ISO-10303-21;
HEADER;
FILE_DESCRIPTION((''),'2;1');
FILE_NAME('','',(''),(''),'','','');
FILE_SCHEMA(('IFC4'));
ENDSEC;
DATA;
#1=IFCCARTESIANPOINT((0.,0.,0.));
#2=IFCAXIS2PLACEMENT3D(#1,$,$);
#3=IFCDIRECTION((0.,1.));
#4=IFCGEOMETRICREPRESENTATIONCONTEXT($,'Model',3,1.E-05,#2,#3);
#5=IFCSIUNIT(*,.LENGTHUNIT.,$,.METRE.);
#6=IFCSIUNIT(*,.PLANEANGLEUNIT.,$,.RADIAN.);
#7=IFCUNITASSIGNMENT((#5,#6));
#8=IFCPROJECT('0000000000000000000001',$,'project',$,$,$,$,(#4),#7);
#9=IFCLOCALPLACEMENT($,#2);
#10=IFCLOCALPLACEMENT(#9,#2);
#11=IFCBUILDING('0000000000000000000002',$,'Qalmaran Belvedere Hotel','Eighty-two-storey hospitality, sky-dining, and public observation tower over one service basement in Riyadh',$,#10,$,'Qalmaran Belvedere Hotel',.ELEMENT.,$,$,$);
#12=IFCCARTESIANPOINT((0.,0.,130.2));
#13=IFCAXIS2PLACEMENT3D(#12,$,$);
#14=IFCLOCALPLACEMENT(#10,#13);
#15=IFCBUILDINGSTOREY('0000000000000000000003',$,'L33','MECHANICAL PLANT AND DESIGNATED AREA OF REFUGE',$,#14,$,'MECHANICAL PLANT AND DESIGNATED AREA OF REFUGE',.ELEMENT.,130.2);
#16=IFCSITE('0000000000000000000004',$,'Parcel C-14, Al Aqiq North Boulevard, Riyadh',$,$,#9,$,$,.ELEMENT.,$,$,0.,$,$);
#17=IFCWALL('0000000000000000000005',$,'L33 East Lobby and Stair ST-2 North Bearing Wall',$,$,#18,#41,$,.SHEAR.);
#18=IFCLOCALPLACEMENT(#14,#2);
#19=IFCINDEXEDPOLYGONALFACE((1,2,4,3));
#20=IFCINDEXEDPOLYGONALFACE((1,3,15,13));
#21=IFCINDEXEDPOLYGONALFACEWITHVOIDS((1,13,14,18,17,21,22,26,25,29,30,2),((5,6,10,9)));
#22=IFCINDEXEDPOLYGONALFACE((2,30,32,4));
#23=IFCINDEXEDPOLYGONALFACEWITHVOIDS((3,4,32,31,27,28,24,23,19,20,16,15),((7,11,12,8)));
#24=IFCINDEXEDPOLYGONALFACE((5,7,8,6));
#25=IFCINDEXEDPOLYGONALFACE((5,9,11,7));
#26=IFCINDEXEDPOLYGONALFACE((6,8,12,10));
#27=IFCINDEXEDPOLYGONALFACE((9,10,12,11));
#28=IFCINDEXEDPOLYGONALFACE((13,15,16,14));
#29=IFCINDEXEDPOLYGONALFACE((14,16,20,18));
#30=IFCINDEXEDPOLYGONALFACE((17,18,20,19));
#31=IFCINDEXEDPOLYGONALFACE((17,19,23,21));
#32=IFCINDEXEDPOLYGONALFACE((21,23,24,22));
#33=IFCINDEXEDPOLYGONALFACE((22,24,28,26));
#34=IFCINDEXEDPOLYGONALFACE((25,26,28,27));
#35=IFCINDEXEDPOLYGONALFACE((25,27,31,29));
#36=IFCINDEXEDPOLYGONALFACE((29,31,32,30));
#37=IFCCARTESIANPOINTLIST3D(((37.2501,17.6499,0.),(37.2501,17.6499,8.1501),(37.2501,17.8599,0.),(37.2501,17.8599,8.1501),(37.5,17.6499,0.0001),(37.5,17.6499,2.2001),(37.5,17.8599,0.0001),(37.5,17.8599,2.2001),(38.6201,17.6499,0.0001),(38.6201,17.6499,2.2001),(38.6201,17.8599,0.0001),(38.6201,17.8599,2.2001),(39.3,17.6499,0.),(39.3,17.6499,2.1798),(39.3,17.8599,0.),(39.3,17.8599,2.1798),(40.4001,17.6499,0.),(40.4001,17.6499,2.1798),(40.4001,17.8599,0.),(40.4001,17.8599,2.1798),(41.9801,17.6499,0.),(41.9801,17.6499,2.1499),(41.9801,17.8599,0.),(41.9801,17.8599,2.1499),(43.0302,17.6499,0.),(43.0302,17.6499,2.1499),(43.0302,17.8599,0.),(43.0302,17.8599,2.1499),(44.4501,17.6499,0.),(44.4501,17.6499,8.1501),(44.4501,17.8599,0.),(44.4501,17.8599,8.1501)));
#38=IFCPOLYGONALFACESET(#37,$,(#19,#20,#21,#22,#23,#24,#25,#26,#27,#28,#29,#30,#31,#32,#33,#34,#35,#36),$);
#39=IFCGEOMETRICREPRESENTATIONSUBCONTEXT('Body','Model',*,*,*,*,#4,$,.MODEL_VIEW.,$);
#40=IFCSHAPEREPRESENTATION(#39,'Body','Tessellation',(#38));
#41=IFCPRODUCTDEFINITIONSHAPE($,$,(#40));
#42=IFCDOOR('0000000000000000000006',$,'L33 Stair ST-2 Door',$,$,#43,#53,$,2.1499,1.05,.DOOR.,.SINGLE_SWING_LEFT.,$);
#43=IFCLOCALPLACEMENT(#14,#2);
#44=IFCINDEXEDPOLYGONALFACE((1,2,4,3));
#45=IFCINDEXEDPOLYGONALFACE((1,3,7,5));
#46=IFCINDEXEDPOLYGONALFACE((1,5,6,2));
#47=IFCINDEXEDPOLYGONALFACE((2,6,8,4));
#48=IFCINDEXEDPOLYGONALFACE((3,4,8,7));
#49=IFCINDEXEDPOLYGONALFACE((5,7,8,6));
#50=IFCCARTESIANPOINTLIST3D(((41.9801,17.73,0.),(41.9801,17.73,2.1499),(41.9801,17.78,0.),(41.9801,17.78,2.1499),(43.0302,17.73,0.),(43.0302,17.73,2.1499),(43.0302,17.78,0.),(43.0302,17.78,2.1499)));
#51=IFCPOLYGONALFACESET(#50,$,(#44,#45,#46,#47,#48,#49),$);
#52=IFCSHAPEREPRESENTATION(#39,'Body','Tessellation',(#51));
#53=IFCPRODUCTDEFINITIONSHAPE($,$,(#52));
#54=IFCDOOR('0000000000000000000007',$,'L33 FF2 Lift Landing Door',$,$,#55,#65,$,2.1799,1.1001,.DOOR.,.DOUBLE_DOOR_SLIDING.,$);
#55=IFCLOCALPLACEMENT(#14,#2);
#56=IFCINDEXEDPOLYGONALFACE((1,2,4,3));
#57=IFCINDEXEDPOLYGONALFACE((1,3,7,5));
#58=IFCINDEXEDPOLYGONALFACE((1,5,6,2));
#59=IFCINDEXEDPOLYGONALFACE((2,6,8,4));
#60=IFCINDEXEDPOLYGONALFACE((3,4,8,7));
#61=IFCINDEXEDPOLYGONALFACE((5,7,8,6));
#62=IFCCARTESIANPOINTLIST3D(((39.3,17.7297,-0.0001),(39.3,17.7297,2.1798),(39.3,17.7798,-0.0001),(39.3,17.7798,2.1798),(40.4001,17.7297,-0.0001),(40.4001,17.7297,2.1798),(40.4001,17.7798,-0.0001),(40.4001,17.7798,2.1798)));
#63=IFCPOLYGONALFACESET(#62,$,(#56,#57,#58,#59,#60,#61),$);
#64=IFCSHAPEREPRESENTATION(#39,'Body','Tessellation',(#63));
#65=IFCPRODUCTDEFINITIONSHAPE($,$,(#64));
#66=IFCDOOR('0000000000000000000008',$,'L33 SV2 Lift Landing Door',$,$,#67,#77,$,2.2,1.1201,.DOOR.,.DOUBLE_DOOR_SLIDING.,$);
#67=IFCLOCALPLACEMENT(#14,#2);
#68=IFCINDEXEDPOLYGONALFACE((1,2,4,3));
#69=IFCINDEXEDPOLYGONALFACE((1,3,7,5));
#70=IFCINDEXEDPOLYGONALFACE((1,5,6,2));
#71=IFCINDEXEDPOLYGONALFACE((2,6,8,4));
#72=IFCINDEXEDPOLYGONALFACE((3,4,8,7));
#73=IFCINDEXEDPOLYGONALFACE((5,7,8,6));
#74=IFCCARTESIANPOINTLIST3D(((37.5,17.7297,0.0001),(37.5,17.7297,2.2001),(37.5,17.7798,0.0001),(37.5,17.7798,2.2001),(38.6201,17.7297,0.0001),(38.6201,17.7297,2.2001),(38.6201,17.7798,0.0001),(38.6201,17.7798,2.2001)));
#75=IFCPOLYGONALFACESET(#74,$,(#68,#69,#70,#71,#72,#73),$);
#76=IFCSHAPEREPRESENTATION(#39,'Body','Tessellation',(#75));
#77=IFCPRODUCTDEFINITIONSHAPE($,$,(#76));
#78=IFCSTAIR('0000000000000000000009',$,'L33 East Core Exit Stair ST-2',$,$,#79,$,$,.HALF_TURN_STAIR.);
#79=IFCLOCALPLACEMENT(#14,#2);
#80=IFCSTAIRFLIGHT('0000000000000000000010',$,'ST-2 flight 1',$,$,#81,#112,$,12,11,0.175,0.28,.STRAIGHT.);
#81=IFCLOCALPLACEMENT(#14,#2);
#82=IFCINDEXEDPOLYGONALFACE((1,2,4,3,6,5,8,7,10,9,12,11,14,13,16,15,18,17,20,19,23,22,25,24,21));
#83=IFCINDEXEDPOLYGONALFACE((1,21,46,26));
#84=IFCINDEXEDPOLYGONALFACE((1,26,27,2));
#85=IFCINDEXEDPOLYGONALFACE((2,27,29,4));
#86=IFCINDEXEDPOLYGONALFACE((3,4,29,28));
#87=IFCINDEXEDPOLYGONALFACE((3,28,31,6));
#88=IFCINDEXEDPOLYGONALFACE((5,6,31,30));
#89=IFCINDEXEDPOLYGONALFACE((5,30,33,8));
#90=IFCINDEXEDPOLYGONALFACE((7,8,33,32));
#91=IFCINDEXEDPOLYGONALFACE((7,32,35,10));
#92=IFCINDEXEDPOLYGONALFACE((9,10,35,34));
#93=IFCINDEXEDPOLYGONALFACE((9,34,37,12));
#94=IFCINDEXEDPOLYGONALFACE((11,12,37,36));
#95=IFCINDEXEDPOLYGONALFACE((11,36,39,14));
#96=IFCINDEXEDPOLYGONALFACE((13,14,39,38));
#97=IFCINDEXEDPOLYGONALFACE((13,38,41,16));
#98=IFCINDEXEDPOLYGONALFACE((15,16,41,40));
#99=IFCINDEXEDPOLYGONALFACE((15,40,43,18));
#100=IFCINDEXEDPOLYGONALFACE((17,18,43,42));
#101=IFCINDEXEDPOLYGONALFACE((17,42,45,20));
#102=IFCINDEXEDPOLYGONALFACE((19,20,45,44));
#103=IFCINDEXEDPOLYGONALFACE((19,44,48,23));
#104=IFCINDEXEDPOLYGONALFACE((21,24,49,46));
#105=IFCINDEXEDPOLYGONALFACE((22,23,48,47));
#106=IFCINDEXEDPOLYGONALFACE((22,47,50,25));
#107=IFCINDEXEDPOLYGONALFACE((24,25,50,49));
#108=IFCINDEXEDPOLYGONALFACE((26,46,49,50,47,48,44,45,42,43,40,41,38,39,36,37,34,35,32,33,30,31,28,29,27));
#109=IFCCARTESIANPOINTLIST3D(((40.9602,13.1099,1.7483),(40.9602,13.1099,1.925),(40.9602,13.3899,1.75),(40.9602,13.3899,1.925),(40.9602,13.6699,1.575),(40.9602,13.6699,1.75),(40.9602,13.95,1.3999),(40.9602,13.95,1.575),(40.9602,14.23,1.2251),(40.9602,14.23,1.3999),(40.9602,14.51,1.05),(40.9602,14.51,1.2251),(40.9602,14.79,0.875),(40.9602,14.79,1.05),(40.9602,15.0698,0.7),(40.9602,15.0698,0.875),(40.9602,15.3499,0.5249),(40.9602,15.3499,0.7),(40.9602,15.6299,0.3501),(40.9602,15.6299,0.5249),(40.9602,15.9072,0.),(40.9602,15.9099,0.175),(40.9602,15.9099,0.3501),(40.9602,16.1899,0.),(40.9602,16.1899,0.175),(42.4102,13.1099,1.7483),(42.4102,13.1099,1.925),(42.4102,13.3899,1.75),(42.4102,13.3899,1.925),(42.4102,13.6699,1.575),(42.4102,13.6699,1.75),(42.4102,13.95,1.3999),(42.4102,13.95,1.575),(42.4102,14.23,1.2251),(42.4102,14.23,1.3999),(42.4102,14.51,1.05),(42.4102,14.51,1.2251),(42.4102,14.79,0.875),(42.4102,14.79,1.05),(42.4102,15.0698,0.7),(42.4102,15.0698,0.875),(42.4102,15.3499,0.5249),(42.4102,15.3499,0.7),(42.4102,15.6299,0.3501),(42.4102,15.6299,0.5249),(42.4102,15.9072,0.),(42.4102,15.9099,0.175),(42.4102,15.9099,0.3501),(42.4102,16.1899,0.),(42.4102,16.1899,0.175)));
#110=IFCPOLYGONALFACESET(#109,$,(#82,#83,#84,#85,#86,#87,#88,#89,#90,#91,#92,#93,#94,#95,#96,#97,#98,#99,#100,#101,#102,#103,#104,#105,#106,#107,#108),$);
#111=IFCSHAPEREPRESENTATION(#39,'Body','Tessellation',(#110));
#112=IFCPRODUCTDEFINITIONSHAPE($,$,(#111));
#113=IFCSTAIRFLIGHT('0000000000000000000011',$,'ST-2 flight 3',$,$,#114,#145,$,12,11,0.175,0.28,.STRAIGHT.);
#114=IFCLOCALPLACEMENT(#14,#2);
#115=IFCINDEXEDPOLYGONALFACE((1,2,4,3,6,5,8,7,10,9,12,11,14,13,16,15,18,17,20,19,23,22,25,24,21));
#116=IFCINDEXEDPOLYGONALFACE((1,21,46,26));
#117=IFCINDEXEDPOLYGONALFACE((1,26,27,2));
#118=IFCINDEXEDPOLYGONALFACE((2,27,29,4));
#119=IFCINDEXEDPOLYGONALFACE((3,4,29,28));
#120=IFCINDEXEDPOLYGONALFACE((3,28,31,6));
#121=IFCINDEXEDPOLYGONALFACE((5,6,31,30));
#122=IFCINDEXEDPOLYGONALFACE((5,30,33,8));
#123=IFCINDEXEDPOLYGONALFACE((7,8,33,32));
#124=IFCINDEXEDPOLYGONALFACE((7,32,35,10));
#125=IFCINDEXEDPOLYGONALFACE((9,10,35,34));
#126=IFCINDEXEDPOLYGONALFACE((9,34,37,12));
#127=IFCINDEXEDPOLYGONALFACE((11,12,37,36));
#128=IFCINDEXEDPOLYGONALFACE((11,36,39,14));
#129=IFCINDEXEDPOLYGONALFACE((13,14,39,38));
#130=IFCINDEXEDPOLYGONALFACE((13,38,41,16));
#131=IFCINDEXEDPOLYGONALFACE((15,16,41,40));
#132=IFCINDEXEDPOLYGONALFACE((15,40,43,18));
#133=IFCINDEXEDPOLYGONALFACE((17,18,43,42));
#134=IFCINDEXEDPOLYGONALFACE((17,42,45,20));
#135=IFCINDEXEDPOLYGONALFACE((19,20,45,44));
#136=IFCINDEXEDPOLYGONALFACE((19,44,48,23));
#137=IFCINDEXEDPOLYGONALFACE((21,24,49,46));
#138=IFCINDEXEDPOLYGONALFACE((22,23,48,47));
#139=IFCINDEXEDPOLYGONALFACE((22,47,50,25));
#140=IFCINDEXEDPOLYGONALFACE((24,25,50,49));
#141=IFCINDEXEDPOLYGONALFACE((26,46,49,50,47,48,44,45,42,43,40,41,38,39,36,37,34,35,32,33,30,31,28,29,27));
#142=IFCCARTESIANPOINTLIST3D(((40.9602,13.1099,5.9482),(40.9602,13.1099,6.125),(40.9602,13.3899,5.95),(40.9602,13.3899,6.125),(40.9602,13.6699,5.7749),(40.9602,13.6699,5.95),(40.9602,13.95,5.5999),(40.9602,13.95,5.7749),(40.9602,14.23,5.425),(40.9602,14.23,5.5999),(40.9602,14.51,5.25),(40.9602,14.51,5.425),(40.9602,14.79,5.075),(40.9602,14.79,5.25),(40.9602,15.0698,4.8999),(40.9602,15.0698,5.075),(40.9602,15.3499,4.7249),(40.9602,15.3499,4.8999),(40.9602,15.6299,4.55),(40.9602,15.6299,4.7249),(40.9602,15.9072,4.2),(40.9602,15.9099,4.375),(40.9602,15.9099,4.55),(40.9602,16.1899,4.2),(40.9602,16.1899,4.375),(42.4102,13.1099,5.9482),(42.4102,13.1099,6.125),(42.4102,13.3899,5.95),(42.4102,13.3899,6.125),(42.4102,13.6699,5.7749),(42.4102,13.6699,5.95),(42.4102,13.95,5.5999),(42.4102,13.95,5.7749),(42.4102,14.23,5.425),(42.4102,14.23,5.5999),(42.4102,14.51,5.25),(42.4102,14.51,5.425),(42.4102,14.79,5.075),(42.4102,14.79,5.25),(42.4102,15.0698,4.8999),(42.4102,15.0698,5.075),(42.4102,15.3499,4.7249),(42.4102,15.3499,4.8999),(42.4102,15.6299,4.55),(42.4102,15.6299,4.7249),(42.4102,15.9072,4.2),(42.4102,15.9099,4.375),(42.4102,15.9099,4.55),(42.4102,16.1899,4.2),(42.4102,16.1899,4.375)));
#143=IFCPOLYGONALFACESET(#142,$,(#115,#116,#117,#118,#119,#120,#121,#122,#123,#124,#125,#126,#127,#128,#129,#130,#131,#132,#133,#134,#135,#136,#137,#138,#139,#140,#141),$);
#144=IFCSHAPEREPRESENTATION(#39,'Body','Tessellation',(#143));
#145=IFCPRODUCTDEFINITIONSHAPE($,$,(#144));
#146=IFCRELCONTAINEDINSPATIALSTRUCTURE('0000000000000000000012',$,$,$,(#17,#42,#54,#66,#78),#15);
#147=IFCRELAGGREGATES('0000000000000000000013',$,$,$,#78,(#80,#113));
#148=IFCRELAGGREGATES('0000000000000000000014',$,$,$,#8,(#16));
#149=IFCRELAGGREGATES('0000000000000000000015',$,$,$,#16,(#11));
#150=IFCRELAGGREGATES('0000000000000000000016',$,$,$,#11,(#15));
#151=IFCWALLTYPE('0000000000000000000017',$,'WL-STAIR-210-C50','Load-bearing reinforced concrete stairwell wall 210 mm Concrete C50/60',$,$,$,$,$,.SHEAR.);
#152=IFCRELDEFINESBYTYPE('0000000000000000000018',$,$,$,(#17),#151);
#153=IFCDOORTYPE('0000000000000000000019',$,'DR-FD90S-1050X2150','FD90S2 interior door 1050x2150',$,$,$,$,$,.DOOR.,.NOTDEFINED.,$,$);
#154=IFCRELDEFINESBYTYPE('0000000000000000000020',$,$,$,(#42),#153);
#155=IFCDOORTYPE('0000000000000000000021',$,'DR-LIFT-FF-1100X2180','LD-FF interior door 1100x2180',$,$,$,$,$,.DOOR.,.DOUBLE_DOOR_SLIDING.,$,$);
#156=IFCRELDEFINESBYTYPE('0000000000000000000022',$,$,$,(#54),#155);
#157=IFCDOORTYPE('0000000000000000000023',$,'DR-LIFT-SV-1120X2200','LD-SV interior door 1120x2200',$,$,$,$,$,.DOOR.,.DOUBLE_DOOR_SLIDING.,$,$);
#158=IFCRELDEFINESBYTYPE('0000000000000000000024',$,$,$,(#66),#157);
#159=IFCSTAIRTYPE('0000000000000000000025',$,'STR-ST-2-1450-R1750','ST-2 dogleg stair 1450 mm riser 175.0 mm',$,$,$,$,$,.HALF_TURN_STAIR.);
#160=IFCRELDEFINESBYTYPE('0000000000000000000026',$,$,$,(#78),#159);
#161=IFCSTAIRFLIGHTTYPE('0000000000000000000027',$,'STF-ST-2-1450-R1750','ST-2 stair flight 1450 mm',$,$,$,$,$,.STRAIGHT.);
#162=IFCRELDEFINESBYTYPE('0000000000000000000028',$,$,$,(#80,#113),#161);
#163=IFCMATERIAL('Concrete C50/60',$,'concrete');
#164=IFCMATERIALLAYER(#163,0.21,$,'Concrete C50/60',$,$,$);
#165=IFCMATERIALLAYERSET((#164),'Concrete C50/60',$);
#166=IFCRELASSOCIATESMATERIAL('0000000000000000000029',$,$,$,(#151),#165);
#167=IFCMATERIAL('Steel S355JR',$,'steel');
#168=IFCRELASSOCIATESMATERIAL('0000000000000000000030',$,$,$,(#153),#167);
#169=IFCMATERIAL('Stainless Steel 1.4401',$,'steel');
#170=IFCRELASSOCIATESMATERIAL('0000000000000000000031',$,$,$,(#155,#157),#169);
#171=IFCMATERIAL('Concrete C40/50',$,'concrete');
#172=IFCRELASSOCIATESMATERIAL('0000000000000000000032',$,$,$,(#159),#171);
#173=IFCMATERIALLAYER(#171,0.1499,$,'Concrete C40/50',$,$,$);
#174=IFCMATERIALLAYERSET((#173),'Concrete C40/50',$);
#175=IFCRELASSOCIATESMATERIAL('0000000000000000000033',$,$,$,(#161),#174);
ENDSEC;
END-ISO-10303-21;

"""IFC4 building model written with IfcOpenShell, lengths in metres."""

from ifc_helpers import new_model, si_unit, direction, frame, frame_2d, origin, place, context, subcontext, project, spatial, polyline, rectangle, outline, extrude, material, layer, layer_set, type_object, element, fill, aggregate, save


model = new_model("IFC4")

# Units and contexts
model_context = context("Model", 3, precision=1e-05, world=origin(), true_north=direction((0.0, 1.0)))
body_context = subcontext(model_context, "Body", "Model", "MODEL_VIEW")
ifc_project = project(units=[si_unit("LENGTHUNIT", "METRE"), si_unit("PLANEANGLEUNIT", "RADIAN")], contexts=[model_context])

# Site, building, storey
site_placement = place(None, origin())
site = spatial("IfcSite", under=ifc_project, at=site_placement, Name="Parcel C-14, Al Aqiq North Boulevard, Riyadh", CompositionType="ELEMENT", RefElevation=0.0)
building_placement = place(site_placement, origin())
building = spatial("IfcBuilding", under=site, at=building_placement, Name="Qalmaran Belvedere Hotel", Description="Eighty-two-storey hospitality, sky-dining, and public observation tower over one service basement in Riyadh", LongName="Qalmaran Belvedere Hotel", CompositionType="ELEMENT")
storey_placement = place(building_placement, frame((0.0, 0.0, 130.2)))
storey = spatial("IfcBuildingStorey", under=building, at=storey_placement, Name="L33", Description="MECHANICAL PLANT AND DESIGNATED AREA OF REFUGE", LongName="MECHANICAL PLANT AND DESIGNATED AREA OF REFUGE", CompositionType="ELEMENT", Elevation=130.2)

# Shared definitions
ifc_material_1 = material(Name="Steel S355JR", Category="steel")

# Wall, openings, doors
ifc_material_2 = material(Name="Concrete C50/60", Category="concrete")
ifc_layer_1 = layer(ifc_material_2, 0.21, Name="Concrete C50/60")
ifc_layer_set_1 = layer_set([ifc_layer_1], Name="Concrete C50/60")
wall_type_1 = type_object("IfcWallType", Name="WL-STAIR-210-C50", Description="Load-bearing reinforced concrete stairwell wall 210 mm Concrete C50/60", PredefinedType="SHEAR", material=ifc_layer_set_1)
wall_1_placement = place(storey_placement, frame((37.25, 17.7549, 0.0), z_axis=(0.0, 0.0, 1.0), x_axis=(1.0, 0.0, 0.0)))
wall_1 = element("IfcWall", 1, at=wall_1_placement, inside=storey, type_object=wall_type_1, Name="L33 East Lobby and Stair ST-2 North Bearing Wall", PredefinedType="SHEAR", context=body_context, shape_type="SweptSolid", body=[
    extrude(rectangle(XDim=7.2, YDim=0.21, at=frame_2d((3.6001, 0.0))), origin(), (0.0, 0.0, 1.0), 8.1501),
])
opening_1_placement = place(wall_1_placement, frame((0.25, 0.0, 0.0)))
opening_1 = element("IfcOpeningElement", 2, at=opening_1_placement, cuts=wall_1, PredefinedType="OPENING", context=body_context, shape_type="SweptSolid", body=[
    extrude(rectangle(XDim=1.1201, YDim=2.2, at=frame_2d((0.5601, 1.1001))), frame((0.0, 0.115, 0.0), z_axis=(0.0, -1.0, 0.0), x_axis=(1.0, 0.0, 0.0)), (0.0, 0.0, 1.0), 0.23),
])
opening_2_placement = place(wall_1_placement, frame((2.05, 0.0, 0.0)))
opening_2 = element("IfcOpeningElement", 3, at=opening_2_placement, cuts=wall_1, PredefinedType="OPENING", context=body_context, shape_type="SweptSolid", body=[
    extrude(rectangle(XDim=1.1001, YDim=2.1799, at=frame_2d((0.55, 1.0898))), frame((0.0, 0.115, 0.0), z_axis=(0.0, -1.0, 0.0), x_axis=(1.0, 0.0, 0.0)), (0.0, 0.0, 1.0), 0.23),
])
opening_3_placement = place(wall_1_placement, frame((5.78, 0.0, 0.0), z_axis=(0.0, 0.0, 1.0), x_axis=(-1.0, 0.0, 0.0)))
opening_3 = element("IfcOpeningElement", 4, at=opening_3_placement, cuts=wall_1, PredefinedType="OPENING", context=body_context, shape_type="SweptSolid", body=[
    extrude(rectangle(XDim=1.05, YDim=2.1499, at=frame_2d((0.5249, 1.075))), frame((0.0, 0.115, 0.0), z_axis=(0.0, -1.0, 0.0), x_axis=(1.0, 0.0, 0.0)), (0.0, 0.0, 1.0), 0.23),
])
door_type_1 = type_object("IfcDoorType", Name="DR-FD90S-1050X2150", Description="FD90S2 interior door 1050x2150", OperationType="NOTDEFINED", PredefinedType="DOOR", material=ifc_material_1)
door_1_placement = place(opening_3_placement, origin())
door_1 = element("IfcDoor", 5, at=door_1_placement, inside=storey, type_object=door_type_1, Name="L33 Stair ST-2 Door", OperationType="SINGLE_SWING_LEFT", OverallHeight=2.1499, OverallWidth=1.05, PredefinedType="DOOR", context=body_context, shape_type="SweptSolid", body=[
    extrude(rectangle(XDim=1.05, YDim=2.1499, at=frame_2d((0.5249, 1.075))), frame((0.0, 0.0249, 0.0), z_axis=(0.0, -1.0, 0.0), x_axis=(1.0, 0.0, 0.0)), (0.0, 0.0, 1.0), 0.05),
])
fill(opening_3, door_1)
ifc_material_3 = material(Name="Stainless Steel 1.4401", Category="steel")
door_type_2 = type_object("IfcDoorType", Name="DR-LIFT-FF-1100X2180", Description="LD-FF interior door 1100x2180", OperationType="DOUBLE_DOOR_SLIDING", PredefinedType="DOOR", material=ifc_material_3)
door_2_placement = place(opening_2_placement, origin())
door_2 = element("IfcDoor", 6, at=door_2_placement, inside=storey, type_object=door_type_2, Name="L33 FF2 Lift Landing Door", OperationType="DOUBLE_DOOR_SLIDING", OverallHeight=2.1799, OverallWidth=1.1001, PredefinedType="DOOR", context=body_context, shape_type="SweptSolid", body=[
    extrude(rectangle(XDim=1.1001, YDim=2.1799, at=frame_2d((0.55, 1.0898))), frame((0.0, 0.0249, 0.0), z_axis=(0.0, -1.0, 0.0), x_axis=(1.0, 0.0, 0.0)), (0.0, 0.0, 1.0), 0.05),
])
fill(opening_2, door_2)
door_type_3 = type_object("IfcDoorType", Name="DR-LIFT-SV-1120X2200", Description="LD-SV interior door 1120x2200", OperationType="DOUBLE_DOOR_SLIDING", PredefinedType="DOOR", material=ifc_material_3)
door_3_placement = place(opening_1_placement, origin())
door_3 = element("IfcDoor", 7, at=door_3_placement, inside=storey, type_object=door_type_3, Name="L33 SV2 Lift Landing Door", OperationType="DOUBLE_DOOR_SLIDING", OverallHeight=2.2, OverallWidth=1.1201, PredefinedType="DOOR", context=body_context, shape_type="SweptSolid", body=[
    extrude(rectangle(XDim=1.1201, YDim=2.2, at=frame_2d((0.5601, 1.1001))), frame((0.0, 0.0249, 0.0), z_axis=(0.0, -1.0, 0.0), x_axis=(1.0, 0.0, 0.0)), (0.0, 0.0, 1.0), 0.05),
])
fill(opening_1, door_3)

# Stair, stair flights
ifc_material_4 = material(Name="Concrete C40/50", Category="concrete")
stair_type = type_object("IfcStairType", Name="STR-ST-2-1450-R1750", Description="ST-2 dogleg stair 1450 mm riser 175.0 mm", PredefinedType="HALF_TURN_STAIR", material=ifc_material_4)
stair_placement = place(storey_placement, origin())
stair = element("IfcStair", 8, at=stair_placement, inside=storey, type_object=stair_type, Name="L33 East Core Exit Stair ST-2", PredefinedType="HALF_TURN_STAIR")
ifc_layer_2 = layer(ifc_material_4, 0.1499, Name="Concrete C40/50")
ifc_layer_set_2 = layer_set([ifc_layer_2], Name="Concrete C40/50")
stair_flight_type = type_object("IfcStairFlightType", Name="STF-ST-2-1450-R1750", Description="ST-2 stair flight 1450 mm", PredefinedType="STRAIGHT", material=ifc_layer_set_2)
stair_flight_1_placement = place(storey_placement, frame((41.6851, 16.1899, 0.0), z_axis=(0.0, 0.0, 1.0), x_axis=(0.0, -1.0, 0.0)))
stair_flight_1 = element("IfcStairFlight", 9, at=stair_flight_1_placement, type_object=stair_flight_type, Name="ST-2 flight 1", NumberOfRisers=12, NumberOfTreads=11, PredefinedType="STRAIGHT", RiserHeight=0.175, TreadLength=0.28, context=body_context, shape_type="SweptSolid", body=[
    extrude(outline(polyline([(0.0, 0.0), (0.0, 0.175), (0.28, 0.175), (0.28, 0.3501), (0.5601, 0.3501), (0.5601, 0.5249), (0.8401, 0.5249), (0.8401, 0.7), (1.1201, 0.7), (1.1201, 0.875), (1.3999, 0.875), (1.3999, 1.05), (1.6799, 1.05), (1.6799, 1.2251), (1.96, 1.2251), (1.96, 1.3999), (2.24, 1.3999), (2.24, 1.575), (2.52, 1.575), (2.52, 1.75), (2.8, 1.75), (2.8, 1.925), (3.0801, 1.925), (3.0801, 2.1001), (3.0801, 1.7483), (0.2827, 0.0), (0.0, 0.0)])), frame((0.0, 0.7251, 0.0), z_axis=(0.0, -1.0, 0.0), x_axis=(1.0, 0.0, 0.0)), (0.0, 0.0, 1.0), 1.45),
])
stair_flight_2_placement = place(storey_placement, frame((41.6851, 16.1899, 4.2), z_axis=(0.0, 0.0, 1.0), x_axis=(0.0, -1.0, 0.0)))
stair_flight_2 = element("IfcStairFlight", 10, at=stair_flight_2_placement, type_object=stair_flight_type, Name="ST-2 flight 3", NumberOfRisers=12, NumberOfTreads=11, PredefinedType="STRAIGHT", RiserHeight=0.175, TreadLength=0.28, context=body_context, shape_type="SweptSolid", body=[
    extrude(outline(polyline([(0.0, 0.0), (0.0, 0.175), (0.28, 0.175), (0.28, 0.3501), (0.5601, 0.3501), (0.5601, 0.5249), (0.8401, 0.5249), (0.8401, 0.7), (1.1201, 0.7), (1.1201, 0.875), (1.3999, 0.875), (1.3999, 1.05), (1.6799, 1.05), (1.6799, 1.2251), (1.96, 1.2251), (1.96, 1.3999), (2.24, 1.3999), (2.24, 1.575), (2.52, 1.575), (2.52, 1.75), (2.8, 1.75), (2.8, 1.925), (3.0801, 1.925), (3.0801, 2.1001), (3.0801, 1.7483), (0.2827, 0.0), (0.0, 0.0)])), frame((0.0, 0.7251, 0.0), z_axis=(0.0, -1.0, 0.0), x_axis=(1.0, 0.0, 0.0)), (0.0, 0.0, 1.0), 1.45),
])
aggregate(stair, [stair_flight_1, stair_flight_2])

save(model, "model.ifc")
